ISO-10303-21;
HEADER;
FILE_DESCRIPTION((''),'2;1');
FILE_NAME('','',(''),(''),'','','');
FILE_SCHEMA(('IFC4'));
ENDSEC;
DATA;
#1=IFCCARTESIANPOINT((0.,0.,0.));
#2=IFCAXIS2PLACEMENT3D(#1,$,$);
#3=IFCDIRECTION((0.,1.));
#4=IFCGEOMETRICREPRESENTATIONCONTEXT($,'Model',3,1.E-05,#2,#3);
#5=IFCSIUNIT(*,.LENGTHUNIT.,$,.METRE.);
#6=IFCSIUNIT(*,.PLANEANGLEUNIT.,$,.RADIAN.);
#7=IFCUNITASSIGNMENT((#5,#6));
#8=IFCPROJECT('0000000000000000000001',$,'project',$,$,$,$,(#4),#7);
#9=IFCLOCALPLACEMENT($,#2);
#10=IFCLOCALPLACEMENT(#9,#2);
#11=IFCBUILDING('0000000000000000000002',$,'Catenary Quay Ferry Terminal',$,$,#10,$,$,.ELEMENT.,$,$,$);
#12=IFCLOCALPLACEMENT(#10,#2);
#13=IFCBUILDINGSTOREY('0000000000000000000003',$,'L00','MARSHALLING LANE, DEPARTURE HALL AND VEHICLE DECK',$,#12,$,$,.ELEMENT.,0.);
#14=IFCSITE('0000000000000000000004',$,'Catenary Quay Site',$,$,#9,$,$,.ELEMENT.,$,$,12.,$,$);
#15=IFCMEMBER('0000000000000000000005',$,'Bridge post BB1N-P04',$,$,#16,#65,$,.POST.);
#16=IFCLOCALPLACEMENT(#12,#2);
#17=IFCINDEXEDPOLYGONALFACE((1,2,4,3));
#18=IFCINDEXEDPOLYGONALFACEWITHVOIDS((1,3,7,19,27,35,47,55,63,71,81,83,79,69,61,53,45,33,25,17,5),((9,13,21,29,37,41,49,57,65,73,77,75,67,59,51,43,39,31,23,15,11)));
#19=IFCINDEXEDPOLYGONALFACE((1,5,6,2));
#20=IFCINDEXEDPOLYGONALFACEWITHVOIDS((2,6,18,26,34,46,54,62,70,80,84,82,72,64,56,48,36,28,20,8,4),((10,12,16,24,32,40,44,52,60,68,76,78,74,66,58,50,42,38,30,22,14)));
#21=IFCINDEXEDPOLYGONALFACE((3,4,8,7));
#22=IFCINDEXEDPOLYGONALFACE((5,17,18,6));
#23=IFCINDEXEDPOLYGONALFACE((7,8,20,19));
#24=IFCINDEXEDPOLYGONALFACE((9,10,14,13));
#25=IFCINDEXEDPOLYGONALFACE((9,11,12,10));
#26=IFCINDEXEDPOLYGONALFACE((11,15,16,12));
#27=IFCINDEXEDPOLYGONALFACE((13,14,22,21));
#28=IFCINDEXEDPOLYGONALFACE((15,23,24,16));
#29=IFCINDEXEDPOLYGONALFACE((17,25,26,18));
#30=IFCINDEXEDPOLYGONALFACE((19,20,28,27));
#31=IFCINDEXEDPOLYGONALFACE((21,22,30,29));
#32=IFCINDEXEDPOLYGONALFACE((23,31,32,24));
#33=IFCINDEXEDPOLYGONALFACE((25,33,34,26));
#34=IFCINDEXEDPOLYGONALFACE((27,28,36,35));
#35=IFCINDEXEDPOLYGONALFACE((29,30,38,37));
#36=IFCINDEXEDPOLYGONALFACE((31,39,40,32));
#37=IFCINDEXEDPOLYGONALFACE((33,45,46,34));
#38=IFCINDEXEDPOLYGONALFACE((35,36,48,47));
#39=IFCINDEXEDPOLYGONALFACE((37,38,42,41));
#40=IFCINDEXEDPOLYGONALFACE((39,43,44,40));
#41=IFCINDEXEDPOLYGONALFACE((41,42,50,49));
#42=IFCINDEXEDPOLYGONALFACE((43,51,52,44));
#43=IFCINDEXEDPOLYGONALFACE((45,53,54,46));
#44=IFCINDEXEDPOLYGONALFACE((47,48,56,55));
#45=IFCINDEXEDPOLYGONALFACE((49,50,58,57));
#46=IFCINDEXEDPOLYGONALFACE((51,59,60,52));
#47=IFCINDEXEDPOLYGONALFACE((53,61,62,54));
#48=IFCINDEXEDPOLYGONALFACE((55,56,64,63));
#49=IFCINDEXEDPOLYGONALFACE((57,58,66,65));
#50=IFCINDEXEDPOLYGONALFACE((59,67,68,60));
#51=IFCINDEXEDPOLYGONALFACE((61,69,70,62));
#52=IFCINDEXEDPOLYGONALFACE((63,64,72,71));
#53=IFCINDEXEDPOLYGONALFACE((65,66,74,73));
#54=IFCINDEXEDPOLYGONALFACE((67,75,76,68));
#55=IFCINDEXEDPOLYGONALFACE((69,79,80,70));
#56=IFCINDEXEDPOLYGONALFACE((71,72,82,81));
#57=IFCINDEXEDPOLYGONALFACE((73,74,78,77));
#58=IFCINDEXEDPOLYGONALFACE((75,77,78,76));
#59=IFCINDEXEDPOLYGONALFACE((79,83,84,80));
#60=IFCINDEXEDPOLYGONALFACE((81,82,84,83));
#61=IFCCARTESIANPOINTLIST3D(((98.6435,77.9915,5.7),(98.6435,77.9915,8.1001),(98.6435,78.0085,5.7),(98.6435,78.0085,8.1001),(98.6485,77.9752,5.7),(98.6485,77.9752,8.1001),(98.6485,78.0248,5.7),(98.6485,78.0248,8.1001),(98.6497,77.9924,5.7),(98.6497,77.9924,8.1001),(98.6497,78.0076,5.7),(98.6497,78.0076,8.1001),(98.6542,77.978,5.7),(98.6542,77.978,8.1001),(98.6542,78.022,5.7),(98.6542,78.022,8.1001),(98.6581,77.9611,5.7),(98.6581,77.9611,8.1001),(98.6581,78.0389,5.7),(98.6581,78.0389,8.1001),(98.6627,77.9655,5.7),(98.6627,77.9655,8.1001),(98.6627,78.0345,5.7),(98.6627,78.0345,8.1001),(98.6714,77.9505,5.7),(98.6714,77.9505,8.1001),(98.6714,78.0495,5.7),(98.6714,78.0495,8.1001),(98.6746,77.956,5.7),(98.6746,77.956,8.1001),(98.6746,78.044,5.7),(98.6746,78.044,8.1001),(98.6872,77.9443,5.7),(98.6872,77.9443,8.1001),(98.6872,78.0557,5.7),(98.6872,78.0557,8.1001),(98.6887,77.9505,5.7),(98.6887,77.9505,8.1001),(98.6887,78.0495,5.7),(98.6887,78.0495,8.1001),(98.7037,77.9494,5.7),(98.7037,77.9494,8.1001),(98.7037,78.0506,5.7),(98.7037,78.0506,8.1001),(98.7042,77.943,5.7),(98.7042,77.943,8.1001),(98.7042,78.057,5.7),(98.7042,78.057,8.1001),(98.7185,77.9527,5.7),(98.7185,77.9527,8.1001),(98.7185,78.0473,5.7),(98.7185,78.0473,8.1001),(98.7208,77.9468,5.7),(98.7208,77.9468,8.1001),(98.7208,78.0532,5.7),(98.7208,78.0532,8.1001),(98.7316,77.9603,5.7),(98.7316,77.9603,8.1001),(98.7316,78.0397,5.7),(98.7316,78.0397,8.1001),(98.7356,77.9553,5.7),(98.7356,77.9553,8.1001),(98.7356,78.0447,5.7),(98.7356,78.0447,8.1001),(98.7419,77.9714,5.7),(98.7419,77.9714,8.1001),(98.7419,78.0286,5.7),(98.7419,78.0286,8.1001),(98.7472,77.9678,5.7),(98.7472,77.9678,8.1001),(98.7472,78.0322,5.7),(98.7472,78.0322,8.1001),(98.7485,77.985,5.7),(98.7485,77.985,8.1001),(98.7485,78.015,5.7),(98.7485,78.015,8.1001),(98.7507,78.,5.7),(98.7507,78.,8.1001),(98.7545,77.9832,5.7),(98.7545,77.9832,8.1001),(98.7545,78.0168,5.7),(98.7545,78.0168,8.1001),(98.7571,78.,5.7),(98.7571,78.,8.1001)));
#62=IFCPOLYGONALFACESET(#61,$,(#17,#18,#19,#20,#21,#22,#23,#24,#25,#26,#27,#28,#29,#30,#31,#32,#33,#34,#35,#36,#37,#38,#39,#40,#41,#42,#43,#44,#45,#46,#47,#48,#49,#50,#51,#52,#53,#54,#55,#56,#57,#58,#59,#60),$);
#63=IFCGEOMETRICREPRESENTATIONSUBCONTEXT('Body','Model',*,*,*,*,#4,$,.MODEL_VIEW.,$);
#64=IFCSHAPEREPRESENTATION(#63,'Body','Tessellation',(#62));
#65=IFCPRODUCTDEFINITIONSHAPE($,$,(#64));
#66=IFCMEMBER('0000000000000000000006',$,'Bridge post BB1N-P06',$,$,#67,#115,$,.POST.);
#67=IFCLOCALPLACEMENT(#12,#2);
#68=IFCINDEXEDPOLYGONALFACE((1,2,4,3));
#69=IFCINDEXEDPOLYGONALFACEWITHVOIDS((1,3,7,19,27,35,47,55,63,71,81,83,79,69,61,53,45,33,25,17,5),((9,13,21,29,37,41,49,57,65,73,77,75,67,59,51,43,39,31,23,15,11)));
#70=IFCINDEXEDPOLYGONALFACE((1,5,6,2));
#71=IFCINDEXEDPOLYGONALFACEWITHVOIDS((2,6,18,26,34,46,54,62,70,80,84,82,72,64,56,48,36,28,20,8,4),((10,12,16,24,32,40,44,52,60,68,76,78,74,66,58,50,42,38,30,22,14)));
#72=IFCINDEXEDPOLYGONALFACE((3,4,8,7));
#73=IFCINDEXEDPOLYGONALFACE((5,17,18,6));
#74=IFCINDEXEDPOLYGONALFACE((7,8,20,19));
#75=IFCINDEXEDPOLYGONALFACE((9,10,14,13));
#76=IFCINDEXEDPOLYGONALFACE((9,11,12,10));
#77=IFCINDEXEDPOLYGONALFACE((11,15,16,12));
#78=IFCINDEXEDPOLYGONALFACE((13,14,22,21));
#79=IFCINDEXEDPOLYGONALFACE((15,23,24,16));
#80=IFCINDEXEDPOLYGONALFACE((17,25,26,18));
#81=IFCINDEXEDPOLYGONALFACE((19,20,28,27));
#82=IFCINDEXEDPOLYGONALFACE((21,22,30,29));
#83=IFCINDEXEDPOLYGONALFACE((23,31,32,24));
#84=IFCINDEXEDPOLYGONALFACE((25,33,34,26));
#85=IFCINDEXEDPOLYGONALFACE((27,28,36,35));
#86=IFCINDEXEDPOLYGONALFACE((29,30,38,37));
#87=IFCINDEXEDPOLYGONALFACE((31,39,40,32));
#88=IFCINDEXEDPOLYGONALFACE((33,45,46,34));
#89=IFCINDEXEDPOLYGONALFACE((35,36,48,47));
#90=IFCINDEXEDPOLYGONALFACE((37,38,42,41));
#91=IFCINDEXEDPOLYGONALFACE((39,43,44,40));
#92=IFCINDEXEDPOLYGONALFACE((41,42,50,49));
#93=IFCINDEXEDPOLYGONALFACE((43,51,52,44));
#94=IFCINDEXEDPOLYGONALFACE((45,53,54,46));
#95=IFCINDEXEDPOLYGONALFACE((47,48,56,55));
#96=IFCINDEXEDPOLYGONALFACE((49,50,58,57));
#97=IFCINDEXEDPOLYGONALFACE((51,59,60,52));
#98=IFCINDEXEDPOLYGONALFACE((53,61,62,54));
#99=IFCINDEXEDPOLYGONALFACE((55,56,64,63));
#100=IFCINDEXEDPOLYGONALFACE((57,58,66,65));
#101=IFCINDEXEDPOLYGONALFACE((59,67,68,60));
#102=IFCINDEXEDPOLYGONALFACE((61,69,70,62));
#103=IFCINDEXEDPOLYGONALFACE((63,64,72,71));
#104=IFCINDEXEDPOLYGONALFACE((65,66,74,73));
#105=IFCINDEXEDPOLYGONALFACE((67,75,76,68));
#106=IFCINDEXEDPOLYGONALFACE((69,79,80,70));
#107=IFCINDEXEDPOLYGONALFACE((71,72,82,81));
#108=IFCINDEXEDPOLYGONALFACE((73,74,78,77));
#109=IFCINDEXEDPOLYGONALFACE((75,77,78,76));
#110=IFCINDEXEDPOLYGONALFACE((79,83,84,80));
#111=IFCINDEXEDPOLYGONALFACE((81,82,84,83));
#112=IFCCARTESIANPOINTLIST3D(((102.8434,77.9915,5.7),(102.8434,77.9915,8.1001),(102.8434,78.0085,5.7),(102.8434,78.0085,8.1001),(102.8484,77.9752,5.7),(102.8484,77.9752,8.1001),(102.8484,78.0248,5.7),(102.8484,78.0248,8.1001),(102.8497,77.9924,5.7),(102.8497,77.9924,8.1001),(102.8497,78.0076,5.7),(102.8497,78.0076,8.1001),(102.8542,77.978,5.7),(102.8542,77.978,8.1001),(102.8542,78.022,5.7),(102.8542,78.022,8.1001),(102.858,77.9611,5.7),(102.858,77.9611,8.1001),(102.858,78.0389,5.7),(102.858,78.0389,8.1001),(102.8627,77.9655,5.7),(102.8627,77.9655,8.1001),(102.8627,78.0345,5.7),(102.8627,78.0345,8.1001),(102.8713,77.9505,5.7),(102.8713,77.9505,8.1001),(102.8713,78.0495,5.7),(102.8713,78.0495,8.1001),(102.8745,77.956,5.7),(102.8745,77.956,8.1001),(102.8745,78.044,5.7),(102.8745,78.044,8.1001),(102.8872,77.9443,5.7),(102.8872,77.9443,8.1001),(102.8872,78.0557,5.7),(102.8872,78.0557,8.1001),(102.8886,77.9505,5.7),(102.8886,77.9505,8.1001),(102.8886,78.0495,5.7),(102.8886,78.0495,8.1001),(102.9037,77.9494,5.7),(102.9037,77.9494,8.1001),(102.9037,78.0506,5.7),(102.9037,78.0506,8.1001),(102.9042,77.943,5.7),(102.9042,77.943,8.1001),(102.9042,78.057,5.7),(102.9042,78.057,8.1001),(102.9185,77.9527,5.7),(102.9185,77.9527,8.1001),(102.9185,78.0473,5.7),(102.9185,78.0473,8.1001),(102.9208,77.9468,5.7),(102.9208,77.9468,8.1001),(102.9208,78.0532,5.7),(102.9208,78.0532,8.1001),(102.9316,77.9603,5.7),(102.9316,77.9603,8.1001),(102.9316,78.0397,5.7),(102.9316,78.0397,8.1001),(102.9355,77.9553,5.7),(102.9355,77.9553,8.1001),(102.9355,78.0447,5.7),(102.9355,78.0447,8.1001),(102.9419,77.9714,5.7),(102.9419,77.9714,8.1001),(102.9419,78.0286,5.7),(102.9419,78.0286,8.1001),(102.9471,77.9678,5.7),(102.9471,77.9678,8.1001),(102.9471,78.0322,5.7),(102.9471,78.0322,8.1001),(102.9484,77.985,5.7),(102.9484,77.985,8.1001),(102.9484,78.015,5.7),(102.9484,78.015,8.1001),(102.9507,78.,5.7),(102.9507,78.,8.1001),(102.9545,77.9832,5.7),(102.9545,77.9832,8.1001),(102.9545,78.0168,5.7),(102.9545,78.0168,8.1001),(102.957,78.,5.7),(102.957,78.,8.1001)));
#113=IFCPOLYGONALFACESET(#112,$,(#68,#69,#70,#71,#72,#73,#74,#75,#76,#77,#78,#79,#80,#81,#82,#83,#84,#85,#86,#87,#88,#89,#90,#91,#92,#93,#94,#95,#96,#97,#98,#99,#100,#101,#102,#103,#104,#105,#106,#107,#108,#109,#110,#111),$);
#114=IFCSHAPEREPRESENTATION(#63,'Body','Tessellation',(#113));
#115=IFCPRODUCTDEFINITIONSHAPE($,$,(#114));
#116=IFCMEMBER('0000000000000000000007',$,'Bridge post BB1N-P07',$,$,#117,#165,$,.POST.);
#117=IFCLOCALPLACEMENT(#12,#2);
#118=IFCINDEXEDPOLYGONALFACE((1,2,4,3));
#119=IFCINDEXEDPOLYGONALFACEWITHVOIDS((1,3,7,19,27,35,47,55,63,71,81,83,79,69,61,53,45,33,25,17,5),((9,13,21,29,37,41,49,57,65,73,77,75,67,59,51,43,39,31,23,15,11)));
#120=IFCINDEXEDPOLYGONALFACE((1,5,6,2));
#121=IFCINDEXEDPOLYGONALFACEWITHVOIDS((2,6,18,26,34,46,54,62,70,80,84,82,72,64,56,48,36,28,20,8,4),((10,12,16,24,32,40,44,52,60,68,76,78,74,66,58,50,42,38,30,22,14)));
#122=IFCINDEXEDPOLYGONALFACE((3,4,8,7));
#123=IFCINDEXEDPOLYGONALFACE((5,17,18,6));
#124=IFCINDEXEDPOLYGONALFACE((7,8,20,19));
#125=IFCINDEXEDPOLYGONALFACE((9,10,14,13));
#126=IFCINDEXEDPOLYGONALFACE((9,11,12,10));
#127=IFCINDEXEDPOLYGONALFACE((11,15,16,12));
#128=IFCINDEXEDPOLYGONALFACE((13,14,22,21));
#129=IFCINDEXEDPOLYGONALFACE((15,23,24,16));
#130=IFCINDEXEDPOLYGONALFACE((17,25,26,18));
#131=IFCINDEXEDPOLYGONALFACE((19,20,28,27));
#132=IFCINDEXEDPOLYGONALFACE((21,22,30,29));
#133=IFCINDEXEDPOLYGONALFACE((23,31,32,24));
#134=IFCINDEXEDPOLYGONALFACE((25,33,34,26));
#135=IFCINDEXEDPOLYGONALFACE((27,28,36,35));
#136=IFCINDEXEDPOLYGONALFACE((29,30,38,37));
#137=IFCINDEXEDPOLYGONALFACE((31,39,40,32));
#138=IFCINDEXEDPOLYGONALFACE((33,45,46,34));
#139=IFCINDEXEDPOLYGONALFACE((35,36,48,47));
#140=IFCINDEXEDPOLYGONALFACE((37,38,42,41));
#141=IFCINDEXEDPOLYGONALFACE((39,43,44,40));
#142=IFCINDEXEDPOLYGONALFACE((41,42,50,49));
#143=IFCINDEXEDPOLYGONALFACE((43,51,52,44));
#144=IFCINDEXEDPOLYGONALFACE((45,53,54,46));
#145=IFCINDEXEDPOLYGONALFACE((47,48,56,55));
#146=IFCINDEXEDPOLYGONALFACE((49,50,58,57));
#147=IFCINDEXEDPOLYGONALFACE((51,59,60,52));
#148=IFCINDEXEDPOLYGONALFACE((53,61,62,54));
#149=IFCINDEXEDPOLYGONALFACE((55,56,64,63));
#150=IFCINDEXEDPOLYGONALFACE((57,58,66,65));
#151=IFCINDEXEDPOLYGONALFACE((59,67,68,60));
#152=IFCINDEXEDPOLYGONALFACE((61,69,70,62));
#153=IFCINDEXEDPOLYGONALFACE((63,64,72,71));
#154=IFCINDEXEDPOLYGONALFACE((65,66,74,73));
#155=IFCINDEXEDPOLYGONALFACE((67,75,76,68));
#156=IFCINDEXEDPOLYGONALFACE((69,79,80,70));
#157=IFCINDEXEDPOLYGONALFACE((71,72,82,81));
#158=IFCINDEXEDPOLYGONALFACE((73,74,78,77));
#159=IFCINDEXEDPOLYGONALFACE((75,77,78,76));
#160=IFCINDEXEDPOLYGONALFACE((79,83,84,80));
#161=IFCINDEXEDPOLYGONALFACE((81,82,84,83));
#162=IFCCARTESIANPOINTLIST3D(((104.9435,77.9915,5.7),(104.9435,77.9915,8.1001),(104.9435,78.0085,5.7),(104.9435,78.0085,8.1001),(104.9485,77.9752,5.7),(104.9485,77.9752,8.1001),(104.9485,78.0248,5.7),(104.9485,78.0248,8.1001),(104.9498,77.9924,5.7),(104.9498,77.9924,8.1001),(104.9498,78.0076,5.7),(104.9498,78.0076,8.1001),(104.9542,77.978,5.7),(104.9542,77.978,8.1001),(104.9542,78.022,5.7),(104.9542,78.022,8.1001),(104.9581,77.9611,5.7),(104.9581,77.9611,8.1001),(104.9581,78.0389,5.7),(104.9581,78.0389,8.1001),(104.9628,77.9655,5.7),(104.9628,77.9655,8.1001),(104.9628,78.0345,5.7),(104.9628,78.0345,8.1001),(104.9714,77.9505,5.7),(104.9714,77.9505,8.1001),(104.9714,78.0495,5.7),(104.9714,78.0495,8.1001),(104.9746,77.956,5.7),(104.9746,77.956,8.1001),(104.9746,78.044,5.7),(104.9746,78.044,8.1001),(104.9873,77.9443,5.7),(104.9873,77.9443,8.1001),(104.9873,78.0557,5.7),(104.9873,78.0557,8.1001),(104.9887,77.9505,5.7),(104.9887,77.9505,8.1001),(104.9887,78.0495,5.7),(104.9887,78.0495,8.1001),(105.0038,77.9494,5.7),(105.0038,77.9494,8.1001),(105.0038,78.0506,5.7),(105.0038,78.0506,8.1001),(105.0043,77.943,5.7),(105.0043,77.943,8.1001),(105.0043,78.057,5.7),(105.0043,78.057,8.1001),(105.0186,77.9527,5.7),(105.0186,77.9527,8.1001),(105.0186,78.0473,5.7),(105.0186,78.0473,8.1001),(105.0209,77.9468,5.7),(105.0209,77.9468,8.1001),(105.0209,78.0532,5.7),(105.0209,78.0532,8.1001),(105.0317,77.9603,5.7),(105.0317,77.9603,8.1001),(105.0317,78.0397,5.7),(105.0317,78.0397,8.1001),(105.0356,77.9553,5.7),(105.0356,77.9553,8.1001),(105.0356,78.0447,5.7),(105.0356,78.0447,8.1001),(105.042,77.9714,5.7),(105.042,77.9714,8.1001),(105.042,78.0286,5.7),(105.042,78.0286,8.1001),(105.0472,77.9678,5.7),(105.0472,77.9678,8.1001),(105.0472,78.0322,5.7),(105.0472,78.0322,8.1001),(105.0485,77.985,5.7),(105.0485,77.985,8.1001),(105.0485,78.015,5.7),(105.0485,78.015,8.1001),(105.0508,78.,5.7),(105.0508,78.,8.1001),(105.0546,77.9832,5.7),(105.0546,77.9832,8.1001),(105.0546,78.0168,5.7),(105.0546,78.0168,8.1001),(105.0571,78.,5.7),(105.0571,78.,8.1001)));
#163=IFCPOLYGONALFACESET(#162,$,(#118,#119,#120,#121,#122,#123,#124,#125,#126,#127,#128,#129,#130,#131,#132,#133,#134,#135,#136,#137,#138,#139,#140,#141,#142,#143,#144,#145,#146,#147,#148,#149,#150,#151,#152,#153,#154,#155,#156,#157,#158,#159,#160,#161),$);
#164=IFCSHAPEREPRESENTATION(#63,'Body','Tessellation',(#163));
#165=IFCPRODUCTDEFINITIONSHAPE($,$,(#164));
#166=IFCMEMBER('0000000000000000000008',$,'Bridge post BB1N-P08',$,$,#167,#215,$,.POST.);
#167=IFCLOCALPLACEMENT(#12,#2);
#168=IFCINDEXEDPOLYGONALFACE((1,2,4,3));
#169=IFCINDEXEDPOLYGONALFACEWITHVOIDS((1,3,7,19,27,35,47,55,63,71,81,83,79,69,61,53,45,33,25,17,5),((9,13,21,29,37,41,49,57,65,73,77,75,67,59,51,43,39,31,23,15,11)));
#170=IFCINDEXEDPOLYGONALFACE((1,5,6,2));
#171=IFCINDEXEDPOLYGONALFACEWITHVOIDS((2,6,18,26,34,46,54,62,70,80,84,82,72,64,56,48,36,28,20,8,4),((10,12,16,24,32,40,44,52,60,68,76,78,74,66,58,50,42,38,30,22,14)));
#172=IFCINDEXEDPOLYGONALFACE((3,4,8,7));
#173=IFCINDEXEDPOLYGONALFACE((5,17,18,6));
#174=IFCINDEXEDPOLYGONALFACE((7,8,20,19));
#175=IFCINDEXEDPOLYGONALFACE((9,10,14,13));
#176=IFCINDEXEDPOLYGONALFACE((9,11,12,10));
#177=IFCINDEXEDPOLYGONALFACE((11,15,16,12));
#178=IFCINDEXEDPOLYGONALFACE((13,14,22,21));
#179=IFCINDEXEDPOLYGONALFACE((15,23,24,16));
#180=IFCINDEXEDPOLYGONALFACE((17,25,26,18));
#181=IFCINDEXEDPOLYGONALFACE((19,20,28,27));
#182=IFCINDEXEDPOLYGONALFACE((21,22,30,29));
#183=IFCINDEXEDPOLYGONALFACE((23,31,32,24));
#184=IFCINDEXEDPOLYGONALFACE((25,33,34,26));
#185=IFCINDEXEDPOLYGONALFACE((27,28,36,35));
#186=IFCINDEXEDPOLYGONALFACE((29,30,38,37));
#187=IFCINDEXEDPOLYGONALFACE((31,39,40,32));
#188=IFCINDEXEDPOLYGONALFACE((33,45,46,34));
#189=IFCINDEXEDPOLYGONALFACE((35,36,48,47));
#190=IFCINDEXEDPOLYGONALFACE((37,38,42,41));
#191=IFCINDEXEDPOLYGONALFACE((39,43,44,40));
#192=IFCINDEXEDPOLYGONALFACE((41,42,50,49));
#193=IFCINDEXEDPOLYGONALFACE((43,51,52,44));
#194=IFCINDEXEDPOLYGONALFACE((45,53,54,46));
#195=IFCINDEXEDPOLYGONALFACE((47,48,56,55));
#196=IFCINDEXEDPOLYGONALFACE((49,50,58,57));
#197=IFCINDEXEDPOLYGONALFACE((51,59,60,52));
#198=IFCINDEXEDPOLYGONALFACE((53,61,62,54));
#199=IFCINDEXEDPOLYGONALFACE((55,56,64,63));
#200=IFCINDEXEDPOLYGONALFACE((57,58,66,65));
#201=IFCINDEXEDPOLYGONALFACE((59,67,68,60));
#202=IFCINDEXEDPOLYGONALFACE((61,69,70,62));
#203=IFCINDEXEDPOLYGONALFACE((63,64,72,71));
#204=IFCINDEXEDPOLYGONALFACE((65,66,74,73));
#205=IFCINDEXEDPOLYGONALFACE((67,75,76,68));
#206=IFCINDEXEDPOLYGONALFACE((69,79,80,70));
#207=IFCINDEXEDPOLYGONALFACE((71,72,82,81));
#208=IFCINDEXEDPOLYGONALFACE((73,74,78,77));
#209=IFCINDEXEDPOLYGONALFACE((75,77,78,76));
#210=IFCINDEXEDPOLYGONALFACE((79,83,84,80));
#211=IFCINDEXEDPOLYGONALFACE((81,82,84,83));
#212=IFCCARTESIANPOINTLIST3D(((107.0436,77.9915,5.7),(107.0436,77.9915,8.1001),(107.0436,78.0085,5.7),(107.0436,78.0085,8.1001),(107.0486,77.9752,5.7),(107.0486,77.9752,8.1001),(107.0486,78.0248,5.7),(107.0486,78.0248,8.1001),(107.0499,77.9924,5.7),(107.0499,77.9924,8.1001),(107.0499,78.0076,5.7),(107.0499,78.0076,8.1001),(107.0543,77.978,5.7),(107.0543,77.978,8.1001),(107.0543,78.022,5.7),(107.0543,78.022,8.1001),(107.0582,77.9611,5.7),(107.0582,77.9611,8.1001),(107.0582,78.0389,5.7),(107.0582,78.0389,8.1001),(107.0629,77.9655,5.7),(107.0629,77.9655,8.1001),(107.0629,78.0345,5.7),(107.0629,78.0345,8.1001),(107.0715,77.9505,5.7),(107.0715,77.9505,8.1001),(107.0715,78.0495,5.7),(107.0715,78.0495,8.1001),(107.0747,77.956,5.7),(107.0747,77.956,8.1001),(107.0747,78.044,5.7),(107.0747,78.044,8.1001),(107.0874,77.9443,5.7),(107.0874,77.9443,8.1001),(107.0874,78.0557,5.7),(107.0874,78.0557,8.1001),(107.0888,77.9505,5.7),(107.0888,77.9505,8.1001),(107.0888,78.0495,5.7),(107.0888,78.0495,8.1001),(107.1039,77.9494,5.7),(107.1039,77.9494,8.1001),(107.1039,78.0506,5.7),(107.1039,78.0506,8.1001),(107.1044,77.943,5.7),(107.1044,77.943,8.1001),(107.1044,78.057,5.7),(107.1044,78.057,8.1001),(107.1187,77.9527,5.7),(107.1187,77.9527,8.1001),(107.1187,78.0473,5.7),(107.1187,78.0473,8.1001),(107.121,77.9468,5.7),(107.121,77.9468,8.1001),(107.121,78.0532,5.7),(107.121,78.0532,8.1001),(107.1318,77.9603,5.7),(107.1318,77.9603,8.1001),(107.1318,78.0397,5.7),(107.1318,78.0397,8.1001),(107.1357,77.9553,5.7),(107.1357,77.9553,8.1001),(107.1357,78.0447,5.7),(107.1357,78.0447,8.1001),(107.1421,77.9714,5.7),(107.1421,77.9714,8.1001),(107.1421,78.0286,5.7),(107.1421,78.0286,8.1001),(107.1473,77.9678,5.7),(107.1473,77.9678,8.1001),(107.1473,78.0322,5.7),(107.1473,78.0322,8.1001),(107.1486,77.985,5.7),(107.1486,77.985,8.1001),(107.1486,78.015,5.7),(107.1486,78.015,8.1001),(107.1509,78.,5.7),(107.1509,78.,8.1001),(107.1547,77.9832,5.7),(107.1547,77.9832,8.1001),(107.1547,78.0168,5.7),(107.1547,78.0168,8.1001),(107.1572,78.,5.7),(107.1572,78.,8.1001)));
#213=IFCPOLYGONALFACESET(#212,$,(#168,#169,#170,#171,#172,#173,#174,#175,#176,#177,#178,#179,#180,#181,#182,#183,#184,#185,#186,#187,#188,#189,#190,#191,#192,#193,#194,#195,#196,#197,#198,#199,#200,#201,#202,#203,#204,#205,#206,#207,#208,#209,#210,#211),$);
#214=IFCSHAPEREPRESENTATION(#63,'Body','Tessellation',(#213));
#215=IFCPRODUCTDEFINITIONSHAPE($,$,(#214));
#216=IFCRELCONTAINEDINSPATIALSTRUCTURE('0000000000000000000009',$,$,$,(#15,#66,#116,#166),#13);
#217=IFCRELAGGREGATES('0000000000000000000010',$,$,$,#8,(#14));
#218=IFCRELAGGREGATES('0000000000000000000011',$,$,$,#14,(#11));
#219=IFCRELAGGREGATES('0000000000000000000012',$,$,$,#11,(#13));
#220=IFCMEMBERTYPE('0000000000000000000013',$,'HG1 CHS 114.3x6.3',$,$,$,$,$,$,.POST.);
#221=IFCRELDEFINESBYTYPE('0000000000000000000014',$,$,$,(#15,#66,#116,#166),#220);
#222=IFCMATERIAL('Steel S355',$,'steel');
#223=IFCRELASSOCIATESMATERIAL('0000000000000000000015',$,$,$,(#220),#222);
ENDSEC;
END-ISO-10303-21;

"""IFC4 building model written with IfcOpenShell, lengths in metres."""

from ifc_helpers import new_model, si_unit, direction, frame, origin, origin_2d, place, context, subcontext, project, spatial, hollow_circle, extrude, material, material_profile, profile_set, type_object, element, save


model = new_model("IFC4")

# Units and contexts
model_context = context("Model", 3, precision=1e-05, world=origin(), true_north=direction((0.0, 1.0)))
body_context = subcontext(model_context, "Body", "Model", "MODEL_VIEW")
ifc_project = project(units=[si_unit("LENGTHUNIT", "METRE"), si_unit("PLANEANGLEUNIT", "RADIAN")], contexts=[model_context])

# Site, building, storey
site_placement = place(None, origin())
site = spatial("IfcSite", under=ifc_project, at=site_placement, Name="Catenary Quay Site", CompositionType="ELEMENT", RefElevation=12.0)
building_placement = place(site_placement, origin())
building = spatial("IfcBuilding", under=site, at=building_placement, Name="Catenary Quay Ferry Terminal", CompositionType="ELEMENT")
storey_placement = place(building_placement, origin())
storey = spatial("IfcBuildingStorey", under=building, at=storey_placement, Name="L00", Description="MARSHALLING LANE, DEPARTURE HALL AND VEHICLE DECK", CompositionType="ELEMENT", Elevation=0.0)

# Members
ifc_material_1 = material(Name="Steel S355", Category="steel")
ifc_material_profile_1 = material_profile(ifc_material_1, hollow_circle(Radius=0.0571, WallThickness=0.0063, at=origin_2d()), Name="CHS 114.3x6.3")
ifc_profile_set_1 = profile_set([ifc_material_profile_1], Name="Steel S355")
member_type_1 = type_object("IfcMemberType", Name="HG1 CHS 114.3x6.3", PredefinedType="POST", material=ifc_profile_set_1)
for number, where, z_axis, x_axis, name in (
    (1, (98.7, 78.0, 5.7), (0.0, 0.0, 1.0), (1.0, 0.0, 0.0), "Bridge post BB1N-P04"),
    (2, (102.8999, 78.0, 5.7), (0.0, 0.0, 1.0), (1.0, 0.0, 0.0), "Bridge post BB1N-P06"),
    (3, (105.0, 78.0, 5.7), (0.0, 0.0, 1.0), (1.0, 0.0, 0.0), "Bridge post BB1N-P07"),
    (4, (107.1001, 78.0, 5.7), (0.0, 0.0, 1.0), (1.0, 0.0, 0.0), "Bridge post BB1N-P08"),
):
    element("IfcMember", number, at=place(storey_placement, frame(where, z_axis=z_axis, x_axis=x_axis)), inside=storey, type_object=member_type_1, Name=name, PredefinedType="POST", context=body_context, shape_type="SweptSolid", body=[
        extrude(hollow_circle(Radius=0.0571, WallThickness=0.0063, at=origin_2d()), origin(), (0.0, 0.0, 1.0), 2.4001),
    ])

save(model, "model.ifc")
